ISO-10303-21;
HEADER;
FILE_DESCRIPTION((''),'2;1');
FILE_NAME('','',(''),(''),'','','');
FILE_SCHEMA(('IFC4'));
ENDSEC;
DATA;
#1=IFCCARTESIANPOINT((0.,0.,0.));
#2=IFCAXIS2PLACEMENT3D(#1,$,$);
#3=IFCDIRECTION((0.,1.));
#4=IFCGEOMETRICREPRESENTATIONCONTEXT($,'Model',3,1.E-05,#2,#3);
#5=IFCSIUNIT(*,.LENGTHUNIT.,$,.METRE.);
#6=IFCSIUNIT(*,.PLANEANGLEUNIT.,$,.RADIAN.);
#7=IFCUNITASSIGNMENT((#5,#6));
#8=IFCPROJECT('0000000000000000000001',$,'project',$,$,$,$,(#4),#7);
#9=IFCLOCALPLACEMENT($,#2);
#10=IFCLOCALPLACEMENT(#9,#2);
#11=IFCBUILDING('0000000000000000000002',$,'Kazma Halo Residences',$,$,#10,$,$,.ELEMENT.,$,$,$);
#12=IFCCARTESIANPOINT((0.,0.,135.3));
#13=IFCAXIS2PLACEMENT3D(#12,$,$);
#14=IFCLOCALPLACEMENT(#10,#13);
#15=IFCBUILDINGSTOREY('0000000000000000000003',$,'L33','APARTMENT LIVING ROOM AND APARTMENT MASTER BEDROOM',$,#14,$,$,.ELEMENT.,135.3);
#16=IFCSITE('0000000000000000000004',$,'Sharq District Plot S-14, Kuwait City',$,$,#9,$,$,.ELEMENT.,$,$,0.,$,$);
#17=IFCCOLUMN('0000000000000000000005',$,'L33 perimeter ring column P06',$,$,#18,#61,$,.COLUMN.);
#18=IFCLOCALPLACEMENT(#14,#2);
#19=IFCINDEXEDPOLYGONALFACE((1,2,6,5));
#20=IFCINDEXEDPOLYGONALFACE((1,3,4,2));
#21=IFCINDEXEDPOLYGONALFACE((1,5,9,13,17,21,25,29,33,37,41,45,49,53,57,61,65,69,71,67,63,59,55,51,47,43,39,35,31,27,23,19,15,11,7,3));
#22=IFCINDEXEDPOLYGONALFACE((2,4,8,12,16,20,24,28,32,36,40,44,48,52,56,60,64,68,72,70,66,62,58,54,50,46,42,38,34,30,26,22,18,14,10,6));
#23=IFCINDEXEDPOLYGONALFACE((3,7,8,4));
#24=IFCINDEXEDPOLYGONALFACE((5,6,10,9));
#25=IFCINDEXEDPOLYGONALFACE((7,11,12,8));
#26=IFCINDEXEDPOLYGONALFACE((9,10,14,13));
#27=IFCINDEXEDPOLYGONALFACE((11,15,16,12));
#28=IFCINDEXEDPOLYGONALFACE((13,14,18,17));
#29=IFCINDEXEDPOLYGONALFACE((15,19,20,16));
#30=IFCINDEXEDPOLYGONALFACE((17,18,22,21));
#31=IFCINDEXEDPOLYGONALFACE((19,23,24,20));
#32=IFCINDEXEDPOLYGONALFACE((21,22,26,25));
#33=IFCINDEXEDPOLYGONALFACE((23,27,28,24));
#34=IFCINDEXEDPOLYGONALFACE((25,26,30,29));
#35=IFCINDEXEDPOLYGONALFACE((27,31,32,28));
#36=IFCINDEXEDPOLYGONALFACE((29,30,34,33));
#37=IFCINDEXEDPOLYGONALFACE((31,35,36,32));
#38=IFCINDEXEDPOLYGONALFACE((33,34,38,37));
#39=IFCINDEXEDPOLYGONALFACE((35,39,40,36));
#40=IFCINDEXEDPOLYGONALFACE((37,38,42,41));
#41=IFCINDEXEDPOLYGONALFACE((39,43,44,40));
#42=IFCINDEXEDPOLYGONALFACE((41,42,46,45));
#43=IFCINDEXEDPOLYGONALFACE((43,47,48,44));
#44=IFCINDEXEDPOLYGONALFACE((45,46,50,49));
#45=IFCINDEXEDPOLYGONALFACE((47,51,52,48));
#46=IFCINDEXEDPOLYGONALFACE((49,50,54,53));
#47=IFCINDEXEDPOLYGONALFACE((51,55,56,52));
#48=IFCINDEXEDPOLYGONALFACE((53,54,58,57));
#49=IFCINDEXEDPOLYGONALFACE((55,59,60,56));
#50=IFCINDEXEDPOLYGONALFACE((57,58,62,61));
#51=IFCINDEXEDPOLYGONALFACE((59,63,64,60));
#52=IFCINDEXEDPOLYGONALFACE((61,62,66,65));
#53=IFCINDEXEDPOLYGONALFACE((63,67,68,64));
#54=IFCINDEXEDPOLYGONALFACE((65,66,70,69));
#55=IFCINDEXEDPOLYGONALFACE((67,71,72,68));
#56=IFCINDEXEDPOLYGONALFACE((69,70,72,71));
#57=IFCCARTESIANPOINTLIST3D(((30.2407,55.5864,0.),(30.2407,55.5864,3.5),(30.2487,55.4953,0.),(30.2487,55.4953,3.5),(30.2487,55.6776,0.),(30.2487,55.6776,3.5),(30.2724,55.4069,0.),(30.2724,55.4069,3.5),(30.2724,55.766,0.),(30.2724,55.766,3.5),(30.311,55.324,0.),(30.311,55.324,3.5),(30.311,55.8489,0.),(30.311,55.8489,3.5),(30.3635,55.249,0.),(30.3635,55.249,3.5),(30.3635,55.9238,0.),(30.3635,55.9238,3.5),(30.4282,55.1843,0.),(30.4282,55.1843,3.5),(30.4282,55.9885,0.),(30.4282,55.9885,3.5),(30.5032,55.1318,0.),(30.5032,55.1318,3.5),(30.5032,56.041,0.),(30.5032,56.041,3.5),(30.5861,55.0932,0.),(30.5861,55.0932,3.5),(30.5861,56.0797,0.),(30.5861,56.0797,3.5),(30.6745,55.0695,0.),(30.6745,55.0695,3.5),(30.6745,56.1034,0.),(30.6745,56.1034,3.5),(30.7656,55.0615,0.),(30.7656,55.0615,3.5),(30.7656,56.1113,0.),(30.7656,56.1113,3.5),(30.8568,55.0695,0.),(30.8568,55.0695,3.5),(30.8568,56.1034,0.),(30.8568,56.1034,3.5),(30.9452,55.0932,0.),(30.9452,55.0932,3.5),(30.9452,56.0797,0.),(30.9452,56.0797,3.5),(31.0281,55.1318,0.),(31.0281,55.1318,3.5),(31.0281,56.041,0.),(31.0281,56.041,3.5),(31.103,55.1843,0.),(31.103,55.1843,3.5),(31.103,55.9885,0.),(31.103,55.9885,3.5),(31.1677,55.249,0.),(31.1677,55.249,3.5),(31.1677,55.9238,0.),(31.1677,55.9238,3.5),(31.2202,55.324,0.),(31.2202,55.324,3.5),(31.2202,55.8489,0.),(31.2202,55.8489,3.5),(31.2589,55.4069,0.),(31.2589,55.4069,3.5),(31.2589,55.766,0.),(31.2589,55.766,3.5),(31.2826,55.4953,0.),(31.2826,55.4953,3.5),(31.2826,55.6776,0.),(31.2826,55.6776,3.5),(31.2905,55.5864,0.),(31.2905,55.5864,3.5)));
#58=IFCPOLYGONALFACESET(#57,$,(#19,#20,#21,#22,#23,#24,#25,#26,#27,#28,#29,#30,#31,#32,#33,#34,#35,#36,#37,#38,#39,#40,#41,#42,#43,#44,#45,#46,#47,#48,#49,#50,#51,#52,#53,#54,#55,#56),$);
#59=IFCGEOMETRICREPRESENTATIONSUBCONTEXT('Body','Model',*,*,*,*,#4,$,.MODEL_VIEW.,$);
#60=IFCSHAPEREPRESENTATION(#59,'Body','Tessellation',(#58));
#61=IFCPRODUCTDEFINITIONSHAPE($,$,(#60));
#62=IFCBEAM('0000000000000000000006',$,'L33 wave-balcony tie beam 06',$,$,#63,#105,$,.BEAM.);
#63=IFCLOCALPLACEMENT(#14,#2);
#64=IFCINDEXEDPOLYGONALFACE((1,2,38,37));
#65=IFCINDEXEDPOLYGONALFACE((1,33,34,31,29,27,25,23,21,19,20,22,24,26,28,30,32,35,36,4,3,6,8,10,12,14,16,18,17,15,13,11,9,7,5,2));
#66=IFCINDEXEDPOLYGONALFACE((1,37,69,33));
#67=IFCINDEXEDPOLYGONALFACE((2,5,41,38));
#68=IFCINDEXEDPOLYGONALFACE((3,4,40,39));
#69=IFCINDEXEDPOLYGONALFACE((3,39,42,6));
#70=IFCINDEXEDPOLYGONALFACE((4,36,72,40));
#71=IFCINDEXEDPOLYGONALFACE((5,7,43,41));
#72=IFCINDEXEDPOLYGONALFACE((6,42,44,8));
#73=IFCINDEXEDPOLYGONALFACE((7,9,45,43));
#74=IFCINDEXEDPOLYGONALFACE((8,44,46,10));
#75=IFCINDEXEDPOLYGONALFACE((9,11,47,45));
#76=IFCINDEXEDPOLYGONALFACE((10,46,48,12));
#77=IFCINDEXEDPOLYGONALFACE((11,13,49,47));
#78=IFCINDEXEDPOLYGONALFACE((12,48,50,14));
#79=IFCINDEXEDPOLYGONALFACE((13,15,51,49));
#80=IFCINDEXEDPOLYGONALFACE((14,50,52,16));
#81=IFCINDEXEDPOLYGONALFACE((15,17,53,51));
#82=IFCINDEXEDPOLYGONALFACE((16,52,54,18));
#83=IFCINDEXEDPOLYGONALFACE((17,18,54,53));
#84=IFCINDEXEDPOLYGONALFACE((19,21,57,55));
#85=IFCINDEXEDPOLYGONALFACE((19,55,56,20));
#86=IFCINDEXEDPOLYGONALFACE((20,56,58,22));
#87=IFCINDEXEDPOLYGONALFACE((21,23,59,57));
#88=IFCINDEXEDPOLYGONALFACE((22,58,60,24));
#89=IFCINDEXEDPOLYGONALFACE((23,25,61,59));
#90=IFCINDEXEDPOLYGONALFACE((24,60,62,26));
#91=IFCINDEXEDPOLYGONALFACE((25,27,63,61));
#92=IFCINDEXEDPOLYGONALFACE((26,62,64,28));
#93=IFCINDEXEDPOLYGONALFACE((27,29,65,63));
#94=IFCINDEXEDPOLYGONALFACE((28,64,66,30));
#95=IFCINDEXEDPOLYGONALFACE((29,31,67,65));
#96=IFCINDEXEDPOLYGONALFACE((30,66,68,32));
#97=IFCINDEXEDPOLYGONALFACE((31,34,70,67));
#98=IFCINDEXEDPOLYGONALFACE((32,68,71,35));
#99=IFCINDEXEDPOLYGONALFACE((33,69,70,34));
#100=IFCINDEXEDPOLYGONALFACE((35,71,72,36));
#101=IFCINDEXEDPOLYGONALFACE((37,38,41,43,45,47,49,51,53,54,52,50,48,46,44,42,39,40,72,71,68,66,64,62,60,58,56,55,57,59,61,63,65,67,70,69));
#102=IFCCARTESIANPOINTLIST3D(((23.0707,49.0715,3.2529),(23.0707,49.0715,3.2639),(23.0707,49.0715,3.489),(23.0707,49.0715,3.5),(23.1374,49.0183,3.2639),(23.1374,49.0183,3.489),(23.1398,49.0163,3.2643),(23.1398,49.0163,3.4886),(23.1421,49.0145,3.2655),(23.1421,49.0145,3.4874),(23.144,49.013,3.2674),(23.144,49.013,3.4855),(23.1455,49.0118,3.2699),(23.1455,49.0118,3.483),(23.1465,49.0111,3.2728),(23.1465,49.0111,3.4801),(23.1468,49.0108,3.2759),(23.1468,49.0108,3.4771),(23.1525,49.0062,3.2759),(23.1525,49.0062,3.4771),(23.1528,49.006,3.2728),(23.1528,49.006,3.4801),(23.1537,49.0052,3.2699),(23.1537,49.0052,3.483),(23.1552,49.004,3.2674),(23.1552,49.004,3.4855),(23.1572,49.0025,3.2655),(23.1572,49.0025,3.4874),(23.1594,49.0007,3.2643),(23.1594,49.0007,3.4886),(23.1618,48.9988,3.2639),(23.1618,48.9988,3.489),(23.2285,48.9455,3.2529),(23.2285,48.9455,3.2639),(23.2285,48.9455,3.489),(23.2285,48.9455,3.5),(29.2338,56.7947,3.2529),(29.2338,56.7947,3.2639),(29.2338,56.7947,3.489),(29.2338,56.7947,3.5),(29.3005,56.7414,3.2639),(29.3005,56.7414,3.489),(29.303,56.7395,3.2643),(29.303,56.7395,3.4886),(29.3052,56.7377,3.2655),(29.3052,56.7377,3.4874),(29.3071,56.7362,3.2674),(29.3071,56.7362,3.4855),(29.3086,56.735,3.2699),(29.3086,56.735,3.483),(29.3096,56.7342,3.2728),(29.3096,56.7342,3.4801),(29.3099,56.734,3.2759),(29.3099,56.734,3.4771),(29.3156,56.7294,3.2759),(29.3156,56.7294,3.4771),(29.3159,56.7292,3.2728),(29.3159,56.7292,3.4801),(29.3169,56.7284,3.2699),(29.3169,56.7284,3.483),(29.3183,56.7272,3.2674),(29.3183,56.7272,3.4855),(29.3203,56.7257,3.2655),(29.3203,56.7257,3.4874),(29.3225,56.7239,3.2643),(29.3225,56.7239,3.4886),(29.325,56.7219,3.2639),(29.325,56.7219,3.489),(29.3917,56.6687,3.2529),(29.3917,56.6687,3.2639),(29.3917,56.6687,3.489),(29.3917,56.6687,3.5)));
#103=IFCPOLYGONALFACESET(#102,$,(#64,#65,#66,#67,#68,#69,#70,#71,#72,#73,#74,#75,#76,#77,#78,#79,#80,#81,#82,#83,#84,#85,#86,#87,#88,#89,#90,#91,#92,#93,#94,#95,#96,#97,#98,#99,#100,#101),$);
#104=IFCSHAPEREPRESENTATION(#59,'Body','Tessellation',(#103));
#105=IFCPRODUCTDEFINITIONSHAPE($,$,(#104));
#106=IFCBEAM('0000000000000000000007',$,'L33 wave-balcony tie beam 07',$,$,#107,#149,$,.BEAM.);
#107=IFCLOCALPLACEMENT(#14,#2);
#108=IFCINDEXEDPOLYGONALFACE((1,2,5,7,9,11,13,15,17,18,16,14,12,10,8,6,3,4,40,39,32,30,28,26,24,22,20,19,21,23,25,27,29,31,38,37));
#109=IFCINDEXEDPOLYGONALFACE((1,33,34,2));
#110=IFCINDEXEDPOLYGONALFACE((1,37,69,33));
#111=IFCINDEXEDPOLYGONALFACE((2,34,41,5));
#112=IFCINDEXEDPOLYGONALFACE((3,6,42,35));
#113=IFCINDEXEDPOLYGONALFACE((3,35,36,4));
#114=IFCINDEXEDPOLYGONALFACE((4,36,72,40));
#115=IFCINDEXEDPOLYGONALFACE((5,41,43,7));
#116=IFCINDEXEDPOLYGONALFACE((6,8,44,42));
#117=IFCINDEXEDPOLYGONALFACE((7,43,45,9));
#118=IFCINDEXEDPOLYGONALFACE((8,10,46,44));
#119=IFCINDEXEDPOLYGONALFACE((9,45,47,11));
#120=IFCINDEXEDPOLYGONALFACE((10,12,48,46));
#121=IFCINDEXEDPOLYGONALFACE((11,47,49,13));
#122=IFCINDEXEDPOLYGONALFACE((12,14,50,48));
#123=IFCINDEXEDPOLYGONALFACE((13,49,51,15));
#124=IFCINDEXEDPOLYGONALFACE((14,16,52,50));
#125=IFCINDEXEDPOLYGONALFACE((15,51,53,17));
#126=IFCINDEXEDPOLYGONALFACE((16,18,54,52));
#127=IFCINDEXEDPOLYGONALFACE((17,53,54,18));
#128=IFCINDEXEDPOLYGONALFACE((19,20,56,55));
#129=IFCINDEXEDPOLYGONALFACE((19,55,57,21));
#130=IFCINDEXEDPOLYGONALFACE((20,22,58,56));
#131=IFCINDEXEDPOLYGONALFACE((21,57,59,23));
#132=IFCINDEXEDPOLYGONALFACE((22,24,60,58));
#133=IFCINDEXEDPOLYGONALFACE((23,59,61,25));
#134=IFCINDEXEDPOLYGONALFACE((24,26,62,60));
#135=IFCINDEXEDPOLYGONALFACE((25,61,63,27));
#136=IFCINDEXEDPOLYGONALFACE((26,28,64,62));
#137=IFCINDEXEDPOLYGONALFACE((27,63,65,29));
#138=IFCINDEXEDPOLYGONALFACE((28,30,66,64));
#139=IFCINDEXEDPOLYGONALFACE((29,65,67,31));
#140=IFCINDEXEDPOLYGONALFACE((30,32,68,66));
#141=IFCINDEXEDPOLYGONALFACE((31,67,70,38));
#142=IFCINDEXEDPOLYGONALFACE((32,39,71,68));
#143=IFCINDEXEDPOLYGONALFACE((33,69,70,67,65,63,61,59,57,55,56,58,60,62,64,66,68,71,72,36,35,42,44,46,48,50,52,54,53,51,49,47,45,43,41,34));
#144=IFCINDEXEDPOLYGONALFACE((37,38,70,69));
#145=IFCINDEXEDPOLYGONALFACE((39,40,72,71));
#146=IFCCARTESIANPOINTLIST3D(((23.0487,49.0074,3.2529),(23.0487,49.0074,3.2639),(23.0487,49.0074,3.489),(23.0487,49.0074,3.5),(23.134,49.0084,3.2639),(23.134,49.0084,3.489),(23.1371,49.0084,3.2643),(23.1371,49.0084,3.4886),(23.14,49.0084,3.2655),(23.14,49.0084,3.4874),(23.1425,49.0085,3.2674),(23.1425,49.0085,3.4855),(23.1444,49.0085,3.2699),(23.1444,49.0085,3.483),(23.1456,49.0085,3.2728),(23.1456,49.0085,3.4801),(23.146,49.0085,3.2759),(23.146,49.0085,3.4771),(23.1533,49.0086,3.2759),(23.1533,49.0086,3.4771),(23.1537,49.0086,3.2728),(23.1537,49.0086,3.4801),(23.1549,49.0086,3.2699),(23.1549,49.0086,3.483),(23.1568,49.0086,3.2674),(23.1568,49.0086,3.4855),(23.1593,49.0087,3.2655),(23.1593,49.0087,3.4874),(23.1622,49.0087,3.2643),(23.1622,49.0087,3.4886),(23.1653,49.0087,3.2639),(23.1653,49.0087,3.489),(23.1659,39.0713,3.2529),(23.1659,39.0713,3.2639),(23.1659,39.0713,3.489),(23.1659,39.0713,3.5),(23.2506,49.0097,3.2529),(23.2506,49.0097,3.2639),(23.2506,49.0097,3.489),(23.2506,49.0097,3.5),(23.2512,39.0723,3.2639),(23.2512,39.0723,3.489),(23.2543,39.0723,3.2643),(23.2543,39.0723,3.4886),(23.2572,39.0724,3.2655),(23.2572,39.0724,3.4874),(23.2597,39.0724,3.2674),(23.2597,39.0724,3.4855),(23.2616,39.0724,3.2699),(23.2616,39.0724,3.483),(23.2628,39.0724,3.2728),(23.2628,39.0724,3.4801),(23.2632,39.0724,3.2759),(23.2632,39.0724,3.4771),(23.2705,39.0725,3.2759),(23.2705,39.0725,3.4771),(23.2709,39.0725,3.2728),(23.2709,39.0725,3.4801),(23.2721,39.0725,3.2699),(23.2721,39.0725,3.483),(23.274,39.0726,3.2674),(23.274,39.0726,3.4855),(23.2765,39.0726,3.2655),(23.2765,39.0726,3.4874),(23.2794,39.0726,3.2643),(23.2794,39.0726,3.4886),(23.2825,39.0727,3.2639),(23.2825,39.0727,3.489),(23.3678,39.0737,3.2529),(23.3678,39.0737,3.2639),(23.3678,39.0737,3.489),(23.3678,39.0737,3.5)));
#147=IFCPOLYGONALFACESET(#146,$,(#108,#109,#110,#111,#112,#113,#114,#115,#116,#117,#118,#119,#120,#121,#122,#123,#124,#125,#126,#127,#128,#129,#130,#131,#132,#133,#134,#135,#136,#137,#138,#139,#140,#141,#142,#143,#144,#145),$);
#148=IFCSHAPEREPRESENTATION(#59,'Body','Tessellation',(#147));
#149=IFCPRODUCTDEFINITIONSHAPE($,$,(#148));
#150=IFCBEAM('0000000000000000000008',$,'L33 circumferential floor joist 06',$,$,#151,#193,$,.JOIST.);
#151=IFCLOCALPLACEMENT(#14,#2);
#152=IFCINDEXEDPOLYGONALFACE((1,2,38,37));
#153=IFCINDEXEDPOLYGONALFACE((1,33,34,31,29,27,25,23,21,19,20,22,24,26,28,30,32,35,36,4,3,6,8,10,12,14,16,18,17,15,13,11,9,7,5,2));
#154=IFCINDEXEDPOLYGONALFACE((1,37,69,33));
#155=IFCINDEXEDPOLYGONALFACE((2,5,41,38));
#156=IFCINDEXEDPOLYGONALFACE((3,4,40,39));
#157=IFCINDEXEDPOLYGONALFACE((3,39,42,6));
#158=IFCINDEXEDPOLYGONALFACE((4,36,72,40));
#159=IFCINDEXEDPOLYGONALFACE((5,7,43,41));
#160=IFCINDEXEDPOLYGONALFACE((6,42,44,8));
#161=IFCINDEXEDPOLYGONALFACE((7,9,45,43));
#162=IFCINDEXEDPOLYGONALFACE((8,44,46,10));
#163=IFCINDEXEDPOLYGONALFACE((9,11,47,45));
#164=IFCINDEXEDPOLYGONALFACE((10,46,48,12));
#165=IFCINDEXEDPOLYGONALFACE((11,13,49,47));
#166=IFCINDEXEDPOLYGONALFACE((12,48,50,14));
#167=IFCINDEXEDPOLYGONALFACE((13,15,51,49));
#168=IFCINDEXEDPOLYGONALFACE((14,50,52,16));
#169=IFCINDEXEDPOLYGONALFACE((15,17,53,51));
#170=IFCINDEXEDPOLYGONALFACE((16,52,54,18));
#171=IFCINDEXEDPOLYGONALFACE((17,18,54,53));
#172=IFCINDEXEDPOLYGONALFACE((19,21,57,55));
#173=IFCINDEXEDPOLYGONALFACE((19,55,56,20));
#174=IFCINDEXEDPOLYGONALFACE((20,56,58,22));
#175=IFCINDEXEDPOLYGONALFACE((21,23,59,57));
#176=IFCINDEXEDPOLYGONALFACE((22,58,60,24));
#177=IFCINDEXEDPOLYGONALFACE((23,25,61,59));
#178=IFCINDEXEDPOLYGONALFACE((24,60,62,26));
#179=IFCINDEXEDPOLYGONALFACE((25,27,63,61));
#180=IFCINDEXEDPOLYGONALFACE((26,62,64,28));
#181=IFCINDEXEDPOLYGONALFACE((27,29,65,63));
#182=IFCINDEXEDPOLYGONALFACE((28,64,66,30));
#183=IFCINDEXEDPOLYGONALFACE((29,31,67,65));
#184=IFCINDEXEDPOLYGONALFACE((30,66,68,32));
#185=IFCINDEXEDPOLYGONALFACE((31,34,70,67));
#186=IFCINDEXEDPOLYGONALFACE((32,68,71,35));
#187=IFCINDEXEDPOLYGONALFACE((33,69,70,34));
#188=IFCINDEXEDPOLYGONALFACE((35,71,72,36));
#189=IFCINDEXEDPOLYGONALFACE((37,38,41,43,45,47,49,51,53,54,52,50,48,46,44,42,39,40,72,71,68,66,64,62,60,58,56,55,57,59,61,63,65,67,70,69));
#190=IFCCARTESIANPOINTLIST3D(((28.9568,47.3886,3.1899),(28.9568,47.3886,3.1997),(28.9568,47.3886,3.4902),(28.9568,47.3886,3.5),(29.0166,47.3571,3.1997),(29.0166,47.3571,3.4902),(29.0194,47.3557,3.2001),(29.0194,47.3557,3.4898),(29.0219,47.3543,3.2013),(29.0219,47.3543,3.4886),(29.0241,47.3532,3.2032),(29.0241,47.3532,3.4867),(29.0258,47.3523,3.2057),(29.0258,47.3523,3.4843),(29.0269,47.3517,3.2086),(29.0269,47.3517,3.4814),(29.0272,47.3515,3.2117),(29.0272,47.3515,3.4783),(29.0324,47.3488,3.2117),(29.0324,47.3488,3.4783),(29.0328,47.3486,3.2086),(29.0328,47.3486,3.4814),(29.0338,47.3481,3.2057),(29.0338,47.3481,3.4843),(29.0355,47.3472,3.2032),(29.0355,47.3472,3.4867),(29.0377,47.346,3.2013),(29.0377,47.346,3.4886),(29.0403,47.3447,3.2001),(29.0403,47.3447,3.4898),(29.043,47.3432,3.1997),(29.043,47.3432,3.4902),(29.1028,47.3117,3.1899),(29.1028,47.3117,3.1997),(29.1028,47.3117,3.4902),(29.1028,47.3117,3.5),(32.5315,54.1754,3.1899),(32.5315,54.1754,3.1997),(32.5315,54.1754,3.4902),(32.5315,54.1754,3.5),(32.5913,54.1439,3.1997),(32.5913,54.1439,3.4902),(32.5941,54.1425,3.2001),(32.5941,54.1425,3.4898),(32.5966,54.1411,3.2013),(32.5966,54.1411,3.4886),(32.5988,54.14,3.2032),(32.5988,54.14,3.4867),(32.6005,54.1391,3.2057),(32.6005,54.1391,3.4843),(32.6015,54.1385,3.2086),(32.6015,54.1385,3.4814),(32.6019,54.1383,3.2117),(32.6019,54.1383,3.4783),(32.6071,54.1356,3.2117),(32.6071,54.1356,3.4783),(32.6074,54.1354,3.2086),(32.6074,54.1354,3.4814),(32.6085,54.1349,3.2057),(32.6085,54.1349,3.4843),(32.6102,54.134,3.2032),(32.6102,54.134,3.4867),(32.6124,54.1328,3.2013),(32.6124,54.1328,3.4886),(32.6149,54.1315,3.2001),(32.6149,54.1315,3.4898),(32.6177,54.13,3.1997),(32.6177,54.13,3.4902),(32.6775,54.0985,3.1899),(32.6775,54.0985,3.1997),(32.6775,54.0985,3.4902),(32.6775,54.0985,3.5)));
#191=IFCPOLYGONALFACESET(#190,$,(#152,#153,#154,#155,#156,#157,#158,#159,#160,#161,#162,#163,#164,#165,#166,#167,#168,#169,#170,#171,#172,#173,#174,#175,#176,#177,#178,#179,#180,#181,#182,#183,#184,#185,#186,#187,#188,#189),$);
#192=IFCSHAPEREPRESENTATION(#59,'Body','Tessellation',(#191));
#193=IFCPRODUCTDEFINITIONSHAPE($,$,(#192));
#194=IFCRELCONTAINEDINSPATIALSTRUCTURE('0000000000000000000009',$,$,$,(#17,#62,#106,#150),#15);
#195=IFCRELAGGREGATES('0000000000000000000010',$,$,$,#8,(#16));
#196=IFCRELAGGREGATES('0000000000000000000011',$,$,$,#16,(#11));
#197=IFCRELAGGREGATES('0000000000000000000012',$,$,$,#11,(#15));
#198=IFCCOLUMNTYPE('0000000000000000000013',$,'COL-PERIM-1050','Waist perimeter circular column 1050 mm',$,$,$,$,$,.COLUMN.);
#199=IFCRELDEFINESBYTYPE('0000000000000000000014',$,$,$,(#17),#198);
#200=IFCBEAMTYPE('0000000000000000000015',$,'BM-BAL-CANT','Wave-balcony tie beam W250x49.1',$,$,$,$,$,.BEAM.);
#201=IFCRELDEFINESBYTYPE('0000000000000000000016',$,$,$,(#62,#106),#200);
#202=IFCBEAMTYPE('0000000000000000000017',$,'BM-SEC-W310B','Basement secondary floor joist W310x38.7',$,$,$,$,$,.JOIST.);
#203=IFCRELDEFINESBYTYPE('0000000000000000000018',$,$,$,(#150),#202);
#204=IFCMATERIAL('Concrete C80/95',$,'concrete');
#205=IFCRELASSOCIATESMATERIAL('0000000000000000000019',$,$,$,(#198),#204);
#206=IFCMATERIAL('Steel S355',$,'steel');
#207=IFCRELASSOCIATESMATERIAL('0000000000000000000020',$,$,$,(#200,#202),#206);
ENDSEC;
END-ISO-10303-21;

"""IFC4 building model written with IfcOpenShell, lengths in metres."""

from ifc_helpers import new_model, si_unit, direction, frame, origin, origin_2d, place, context, subcontext, project, spatial, circle, i_section, extrude, material, material_profile, profile_set, type_object, element, save


model = new_model("IFC4")

# Units and contexts
model_context = context("Model", 3, precision=1e-05, world=origin(), true_north=direction((0.0, 1.0)))
body_context = subcontext(model_context, "Body", "Model", "MODEL_VIEW")
ifc_project = project(units=[si_unit("LENGTHUNIT", "METRE"), si_unit("PLANEANGLEUNIT", "RADIAN")], contexts=[model_context])

# Site, building, storey
site_placement = place(None, origin())
site = spatial("IfcSite", under=ifc_project, at=site_placement, Name="Sharq District Plot S-14, Kuwait City", CompositionType="ELEMENT", RefElevation=0.0)
building_placement = place(site_placement, origin())
building = spatial("IfcBuilding", under=site, at=building_placement, Name="Kazma Halo Residences", CompositionType="ELEMENT")
storey_placement = place(building_placement, frame((0.0, 0.0, 135.3)))
storey = spatial("IfcBuildingStorey", under=building, at=storey_placement, Name="L33", Description="APARTMENT LIVING ROOM AND APARTMENT MASTER BEDROOM", CompositionType="ELEMENT", Elevation=135.3)

# Column
ifc_material_1 = material(Name="Concrete C80/95", Category="concrete")
ifc_material_profile_1 = material_profile(ifc_material_1, circle(Radius=0.5249, at=origin_2d()), Name="CIRC1050")
ifc_profile_set_1 = profile_set([ifc_material_profile_1], Name="Concrete C80/95")
column_type = type_object("IfcColumnType", Name="COL-PERIM-1050", Description="Waist perimeter circular column 1050 mm", PredefinedType="COLUMN", material=ifc_profile_set_1)
column_placement = place(storey_placement, frame((30.7656, 55.5864, 0.0), z_axis=(0.0, 0.0, 1.0), x_axis=(1.0, 0.0, 0.0)))
element("IfcColumn", 1, at=column_placement, inside=storey, type_object=column_type, Name="L33 perimeter ring column P06", PredefinedType="COLUMN", context=body_context, shape_type="SweptSolid", body=[
    extrude(circle(Radius=0.5249, at=origin_2d()), origin(), (0.0, 0.0, 1.0), 3.5),
])

# Beams
ifc_material_2 = material(Name="Steel S355", Category="steel")
ifc_material_profile_2 = material_profile(ifc_material_2, i_section(OverallWidth=0.2019, OverallDepth=0.2471, WebThickness=0.0073, FlangeThickness=0.011, FilletRadius=0.012, at=origin_2d()), Name="W250x49.1")
ifc_profile_set_2 = profile_set([ifc_material_profile_2], Name="Steel S355")
beam_type_1 = type_object("IfcBeamType", Name="BM-BAL-CANT", Description="Wave-balcony tie beam W250x49.1", PredefinedType="BEAM", material=ifc_profile_set_2)
beam_1_placement = place(storey_placement, frame((29.3127, 56.7317, 3.3765), z_axis=(-0.623742, -0.78163, 0.0), x_axis=(0.78163, -0.623742, 0.0)))
element("IfcBeam", 2, at=beam_1_placement, inside=storey, type_object=beam_type_1, Name="L33 wave-balcony tie beam 06", PredefinedType="BEAM", context=body_context, shape_type="SweptSolid", body=[
    extrude(i_section(OverallWidth=0.2019, OverallDepth=0.2471, WebThickness=0.0073, FlangeThickness=0.011, FilletRadius=0.012, at=origin_2d()), origin(), (0.0, 0.0, 1.0), 9.8809),
])
beam_2_placement = place(storey_placement, frame((23.1497, 49.0085, 3.3765), z_axis=(0.011793, -0.99993, 0.0), x_axis=(0.99993, 0.011793, 0.0)))
element("IfcBeam", 3, at=beam_2_placement, inside=storey, type_object=beam_type_1, Name="L33 wave-balcony tie beam 07", PredefinedType="BEAM", context=body_context, shape_type="SweptSolid", body=[
    extrude(i_section(OverallWidth=0.2019, OverallDepth=0.2471, WebThickness=0.0073, FlangeThickness=0.011, FilletRadius=0.012, at=origin_2d()), origin(), (0.0, 0.0, 1.0), 9.9368),
])
ifc_material_profile_3 = material_profile(ifc_material_2, i_section(OverallWidth=0.165, OverallDepth=0.3101, WebThickness=0.0059, FlangeThickness=0.0098, FilletRadius=0.012, at=origin_2d()), Name="W310x38.7")
ifc_profile_set_3 = profile_set([ifc_material_profile_3], Name="Steel S355")
beam_type_2 = type_object("IfcBeamType", Name="BM-SEC-W310B", Description="Basement secondary floor joist W310x38.7", PredefinedType="JOIST", material=ifc_profile_set_3)
beam_3_placement = place(storey_placement, frame((32.6045, 54.137, 3.345), z_axis=(-0.466019, -0.884775, 0.0), x_axis=(0.884775, -0.466019, 0.0)))
element("IfcBeam", 4, at=beam_3_placement, inside=storey, type_object=beam_type_2, Name="L33 circumferential floor joist 06", PredefinedType="JOIST", context=body_context, shape_type="SweptSolid", body=[
    extrude(i_section(OverallWidth=0.165, OverallDepth=0.3101, WebThickness=0.0059, FlangeThickness=0.0098, FilletRadius=0.012, at=origin_2d()), origin(), (0.0, 0.0, 1.0), 7.6707),
])

save(model, "model.ifc")
